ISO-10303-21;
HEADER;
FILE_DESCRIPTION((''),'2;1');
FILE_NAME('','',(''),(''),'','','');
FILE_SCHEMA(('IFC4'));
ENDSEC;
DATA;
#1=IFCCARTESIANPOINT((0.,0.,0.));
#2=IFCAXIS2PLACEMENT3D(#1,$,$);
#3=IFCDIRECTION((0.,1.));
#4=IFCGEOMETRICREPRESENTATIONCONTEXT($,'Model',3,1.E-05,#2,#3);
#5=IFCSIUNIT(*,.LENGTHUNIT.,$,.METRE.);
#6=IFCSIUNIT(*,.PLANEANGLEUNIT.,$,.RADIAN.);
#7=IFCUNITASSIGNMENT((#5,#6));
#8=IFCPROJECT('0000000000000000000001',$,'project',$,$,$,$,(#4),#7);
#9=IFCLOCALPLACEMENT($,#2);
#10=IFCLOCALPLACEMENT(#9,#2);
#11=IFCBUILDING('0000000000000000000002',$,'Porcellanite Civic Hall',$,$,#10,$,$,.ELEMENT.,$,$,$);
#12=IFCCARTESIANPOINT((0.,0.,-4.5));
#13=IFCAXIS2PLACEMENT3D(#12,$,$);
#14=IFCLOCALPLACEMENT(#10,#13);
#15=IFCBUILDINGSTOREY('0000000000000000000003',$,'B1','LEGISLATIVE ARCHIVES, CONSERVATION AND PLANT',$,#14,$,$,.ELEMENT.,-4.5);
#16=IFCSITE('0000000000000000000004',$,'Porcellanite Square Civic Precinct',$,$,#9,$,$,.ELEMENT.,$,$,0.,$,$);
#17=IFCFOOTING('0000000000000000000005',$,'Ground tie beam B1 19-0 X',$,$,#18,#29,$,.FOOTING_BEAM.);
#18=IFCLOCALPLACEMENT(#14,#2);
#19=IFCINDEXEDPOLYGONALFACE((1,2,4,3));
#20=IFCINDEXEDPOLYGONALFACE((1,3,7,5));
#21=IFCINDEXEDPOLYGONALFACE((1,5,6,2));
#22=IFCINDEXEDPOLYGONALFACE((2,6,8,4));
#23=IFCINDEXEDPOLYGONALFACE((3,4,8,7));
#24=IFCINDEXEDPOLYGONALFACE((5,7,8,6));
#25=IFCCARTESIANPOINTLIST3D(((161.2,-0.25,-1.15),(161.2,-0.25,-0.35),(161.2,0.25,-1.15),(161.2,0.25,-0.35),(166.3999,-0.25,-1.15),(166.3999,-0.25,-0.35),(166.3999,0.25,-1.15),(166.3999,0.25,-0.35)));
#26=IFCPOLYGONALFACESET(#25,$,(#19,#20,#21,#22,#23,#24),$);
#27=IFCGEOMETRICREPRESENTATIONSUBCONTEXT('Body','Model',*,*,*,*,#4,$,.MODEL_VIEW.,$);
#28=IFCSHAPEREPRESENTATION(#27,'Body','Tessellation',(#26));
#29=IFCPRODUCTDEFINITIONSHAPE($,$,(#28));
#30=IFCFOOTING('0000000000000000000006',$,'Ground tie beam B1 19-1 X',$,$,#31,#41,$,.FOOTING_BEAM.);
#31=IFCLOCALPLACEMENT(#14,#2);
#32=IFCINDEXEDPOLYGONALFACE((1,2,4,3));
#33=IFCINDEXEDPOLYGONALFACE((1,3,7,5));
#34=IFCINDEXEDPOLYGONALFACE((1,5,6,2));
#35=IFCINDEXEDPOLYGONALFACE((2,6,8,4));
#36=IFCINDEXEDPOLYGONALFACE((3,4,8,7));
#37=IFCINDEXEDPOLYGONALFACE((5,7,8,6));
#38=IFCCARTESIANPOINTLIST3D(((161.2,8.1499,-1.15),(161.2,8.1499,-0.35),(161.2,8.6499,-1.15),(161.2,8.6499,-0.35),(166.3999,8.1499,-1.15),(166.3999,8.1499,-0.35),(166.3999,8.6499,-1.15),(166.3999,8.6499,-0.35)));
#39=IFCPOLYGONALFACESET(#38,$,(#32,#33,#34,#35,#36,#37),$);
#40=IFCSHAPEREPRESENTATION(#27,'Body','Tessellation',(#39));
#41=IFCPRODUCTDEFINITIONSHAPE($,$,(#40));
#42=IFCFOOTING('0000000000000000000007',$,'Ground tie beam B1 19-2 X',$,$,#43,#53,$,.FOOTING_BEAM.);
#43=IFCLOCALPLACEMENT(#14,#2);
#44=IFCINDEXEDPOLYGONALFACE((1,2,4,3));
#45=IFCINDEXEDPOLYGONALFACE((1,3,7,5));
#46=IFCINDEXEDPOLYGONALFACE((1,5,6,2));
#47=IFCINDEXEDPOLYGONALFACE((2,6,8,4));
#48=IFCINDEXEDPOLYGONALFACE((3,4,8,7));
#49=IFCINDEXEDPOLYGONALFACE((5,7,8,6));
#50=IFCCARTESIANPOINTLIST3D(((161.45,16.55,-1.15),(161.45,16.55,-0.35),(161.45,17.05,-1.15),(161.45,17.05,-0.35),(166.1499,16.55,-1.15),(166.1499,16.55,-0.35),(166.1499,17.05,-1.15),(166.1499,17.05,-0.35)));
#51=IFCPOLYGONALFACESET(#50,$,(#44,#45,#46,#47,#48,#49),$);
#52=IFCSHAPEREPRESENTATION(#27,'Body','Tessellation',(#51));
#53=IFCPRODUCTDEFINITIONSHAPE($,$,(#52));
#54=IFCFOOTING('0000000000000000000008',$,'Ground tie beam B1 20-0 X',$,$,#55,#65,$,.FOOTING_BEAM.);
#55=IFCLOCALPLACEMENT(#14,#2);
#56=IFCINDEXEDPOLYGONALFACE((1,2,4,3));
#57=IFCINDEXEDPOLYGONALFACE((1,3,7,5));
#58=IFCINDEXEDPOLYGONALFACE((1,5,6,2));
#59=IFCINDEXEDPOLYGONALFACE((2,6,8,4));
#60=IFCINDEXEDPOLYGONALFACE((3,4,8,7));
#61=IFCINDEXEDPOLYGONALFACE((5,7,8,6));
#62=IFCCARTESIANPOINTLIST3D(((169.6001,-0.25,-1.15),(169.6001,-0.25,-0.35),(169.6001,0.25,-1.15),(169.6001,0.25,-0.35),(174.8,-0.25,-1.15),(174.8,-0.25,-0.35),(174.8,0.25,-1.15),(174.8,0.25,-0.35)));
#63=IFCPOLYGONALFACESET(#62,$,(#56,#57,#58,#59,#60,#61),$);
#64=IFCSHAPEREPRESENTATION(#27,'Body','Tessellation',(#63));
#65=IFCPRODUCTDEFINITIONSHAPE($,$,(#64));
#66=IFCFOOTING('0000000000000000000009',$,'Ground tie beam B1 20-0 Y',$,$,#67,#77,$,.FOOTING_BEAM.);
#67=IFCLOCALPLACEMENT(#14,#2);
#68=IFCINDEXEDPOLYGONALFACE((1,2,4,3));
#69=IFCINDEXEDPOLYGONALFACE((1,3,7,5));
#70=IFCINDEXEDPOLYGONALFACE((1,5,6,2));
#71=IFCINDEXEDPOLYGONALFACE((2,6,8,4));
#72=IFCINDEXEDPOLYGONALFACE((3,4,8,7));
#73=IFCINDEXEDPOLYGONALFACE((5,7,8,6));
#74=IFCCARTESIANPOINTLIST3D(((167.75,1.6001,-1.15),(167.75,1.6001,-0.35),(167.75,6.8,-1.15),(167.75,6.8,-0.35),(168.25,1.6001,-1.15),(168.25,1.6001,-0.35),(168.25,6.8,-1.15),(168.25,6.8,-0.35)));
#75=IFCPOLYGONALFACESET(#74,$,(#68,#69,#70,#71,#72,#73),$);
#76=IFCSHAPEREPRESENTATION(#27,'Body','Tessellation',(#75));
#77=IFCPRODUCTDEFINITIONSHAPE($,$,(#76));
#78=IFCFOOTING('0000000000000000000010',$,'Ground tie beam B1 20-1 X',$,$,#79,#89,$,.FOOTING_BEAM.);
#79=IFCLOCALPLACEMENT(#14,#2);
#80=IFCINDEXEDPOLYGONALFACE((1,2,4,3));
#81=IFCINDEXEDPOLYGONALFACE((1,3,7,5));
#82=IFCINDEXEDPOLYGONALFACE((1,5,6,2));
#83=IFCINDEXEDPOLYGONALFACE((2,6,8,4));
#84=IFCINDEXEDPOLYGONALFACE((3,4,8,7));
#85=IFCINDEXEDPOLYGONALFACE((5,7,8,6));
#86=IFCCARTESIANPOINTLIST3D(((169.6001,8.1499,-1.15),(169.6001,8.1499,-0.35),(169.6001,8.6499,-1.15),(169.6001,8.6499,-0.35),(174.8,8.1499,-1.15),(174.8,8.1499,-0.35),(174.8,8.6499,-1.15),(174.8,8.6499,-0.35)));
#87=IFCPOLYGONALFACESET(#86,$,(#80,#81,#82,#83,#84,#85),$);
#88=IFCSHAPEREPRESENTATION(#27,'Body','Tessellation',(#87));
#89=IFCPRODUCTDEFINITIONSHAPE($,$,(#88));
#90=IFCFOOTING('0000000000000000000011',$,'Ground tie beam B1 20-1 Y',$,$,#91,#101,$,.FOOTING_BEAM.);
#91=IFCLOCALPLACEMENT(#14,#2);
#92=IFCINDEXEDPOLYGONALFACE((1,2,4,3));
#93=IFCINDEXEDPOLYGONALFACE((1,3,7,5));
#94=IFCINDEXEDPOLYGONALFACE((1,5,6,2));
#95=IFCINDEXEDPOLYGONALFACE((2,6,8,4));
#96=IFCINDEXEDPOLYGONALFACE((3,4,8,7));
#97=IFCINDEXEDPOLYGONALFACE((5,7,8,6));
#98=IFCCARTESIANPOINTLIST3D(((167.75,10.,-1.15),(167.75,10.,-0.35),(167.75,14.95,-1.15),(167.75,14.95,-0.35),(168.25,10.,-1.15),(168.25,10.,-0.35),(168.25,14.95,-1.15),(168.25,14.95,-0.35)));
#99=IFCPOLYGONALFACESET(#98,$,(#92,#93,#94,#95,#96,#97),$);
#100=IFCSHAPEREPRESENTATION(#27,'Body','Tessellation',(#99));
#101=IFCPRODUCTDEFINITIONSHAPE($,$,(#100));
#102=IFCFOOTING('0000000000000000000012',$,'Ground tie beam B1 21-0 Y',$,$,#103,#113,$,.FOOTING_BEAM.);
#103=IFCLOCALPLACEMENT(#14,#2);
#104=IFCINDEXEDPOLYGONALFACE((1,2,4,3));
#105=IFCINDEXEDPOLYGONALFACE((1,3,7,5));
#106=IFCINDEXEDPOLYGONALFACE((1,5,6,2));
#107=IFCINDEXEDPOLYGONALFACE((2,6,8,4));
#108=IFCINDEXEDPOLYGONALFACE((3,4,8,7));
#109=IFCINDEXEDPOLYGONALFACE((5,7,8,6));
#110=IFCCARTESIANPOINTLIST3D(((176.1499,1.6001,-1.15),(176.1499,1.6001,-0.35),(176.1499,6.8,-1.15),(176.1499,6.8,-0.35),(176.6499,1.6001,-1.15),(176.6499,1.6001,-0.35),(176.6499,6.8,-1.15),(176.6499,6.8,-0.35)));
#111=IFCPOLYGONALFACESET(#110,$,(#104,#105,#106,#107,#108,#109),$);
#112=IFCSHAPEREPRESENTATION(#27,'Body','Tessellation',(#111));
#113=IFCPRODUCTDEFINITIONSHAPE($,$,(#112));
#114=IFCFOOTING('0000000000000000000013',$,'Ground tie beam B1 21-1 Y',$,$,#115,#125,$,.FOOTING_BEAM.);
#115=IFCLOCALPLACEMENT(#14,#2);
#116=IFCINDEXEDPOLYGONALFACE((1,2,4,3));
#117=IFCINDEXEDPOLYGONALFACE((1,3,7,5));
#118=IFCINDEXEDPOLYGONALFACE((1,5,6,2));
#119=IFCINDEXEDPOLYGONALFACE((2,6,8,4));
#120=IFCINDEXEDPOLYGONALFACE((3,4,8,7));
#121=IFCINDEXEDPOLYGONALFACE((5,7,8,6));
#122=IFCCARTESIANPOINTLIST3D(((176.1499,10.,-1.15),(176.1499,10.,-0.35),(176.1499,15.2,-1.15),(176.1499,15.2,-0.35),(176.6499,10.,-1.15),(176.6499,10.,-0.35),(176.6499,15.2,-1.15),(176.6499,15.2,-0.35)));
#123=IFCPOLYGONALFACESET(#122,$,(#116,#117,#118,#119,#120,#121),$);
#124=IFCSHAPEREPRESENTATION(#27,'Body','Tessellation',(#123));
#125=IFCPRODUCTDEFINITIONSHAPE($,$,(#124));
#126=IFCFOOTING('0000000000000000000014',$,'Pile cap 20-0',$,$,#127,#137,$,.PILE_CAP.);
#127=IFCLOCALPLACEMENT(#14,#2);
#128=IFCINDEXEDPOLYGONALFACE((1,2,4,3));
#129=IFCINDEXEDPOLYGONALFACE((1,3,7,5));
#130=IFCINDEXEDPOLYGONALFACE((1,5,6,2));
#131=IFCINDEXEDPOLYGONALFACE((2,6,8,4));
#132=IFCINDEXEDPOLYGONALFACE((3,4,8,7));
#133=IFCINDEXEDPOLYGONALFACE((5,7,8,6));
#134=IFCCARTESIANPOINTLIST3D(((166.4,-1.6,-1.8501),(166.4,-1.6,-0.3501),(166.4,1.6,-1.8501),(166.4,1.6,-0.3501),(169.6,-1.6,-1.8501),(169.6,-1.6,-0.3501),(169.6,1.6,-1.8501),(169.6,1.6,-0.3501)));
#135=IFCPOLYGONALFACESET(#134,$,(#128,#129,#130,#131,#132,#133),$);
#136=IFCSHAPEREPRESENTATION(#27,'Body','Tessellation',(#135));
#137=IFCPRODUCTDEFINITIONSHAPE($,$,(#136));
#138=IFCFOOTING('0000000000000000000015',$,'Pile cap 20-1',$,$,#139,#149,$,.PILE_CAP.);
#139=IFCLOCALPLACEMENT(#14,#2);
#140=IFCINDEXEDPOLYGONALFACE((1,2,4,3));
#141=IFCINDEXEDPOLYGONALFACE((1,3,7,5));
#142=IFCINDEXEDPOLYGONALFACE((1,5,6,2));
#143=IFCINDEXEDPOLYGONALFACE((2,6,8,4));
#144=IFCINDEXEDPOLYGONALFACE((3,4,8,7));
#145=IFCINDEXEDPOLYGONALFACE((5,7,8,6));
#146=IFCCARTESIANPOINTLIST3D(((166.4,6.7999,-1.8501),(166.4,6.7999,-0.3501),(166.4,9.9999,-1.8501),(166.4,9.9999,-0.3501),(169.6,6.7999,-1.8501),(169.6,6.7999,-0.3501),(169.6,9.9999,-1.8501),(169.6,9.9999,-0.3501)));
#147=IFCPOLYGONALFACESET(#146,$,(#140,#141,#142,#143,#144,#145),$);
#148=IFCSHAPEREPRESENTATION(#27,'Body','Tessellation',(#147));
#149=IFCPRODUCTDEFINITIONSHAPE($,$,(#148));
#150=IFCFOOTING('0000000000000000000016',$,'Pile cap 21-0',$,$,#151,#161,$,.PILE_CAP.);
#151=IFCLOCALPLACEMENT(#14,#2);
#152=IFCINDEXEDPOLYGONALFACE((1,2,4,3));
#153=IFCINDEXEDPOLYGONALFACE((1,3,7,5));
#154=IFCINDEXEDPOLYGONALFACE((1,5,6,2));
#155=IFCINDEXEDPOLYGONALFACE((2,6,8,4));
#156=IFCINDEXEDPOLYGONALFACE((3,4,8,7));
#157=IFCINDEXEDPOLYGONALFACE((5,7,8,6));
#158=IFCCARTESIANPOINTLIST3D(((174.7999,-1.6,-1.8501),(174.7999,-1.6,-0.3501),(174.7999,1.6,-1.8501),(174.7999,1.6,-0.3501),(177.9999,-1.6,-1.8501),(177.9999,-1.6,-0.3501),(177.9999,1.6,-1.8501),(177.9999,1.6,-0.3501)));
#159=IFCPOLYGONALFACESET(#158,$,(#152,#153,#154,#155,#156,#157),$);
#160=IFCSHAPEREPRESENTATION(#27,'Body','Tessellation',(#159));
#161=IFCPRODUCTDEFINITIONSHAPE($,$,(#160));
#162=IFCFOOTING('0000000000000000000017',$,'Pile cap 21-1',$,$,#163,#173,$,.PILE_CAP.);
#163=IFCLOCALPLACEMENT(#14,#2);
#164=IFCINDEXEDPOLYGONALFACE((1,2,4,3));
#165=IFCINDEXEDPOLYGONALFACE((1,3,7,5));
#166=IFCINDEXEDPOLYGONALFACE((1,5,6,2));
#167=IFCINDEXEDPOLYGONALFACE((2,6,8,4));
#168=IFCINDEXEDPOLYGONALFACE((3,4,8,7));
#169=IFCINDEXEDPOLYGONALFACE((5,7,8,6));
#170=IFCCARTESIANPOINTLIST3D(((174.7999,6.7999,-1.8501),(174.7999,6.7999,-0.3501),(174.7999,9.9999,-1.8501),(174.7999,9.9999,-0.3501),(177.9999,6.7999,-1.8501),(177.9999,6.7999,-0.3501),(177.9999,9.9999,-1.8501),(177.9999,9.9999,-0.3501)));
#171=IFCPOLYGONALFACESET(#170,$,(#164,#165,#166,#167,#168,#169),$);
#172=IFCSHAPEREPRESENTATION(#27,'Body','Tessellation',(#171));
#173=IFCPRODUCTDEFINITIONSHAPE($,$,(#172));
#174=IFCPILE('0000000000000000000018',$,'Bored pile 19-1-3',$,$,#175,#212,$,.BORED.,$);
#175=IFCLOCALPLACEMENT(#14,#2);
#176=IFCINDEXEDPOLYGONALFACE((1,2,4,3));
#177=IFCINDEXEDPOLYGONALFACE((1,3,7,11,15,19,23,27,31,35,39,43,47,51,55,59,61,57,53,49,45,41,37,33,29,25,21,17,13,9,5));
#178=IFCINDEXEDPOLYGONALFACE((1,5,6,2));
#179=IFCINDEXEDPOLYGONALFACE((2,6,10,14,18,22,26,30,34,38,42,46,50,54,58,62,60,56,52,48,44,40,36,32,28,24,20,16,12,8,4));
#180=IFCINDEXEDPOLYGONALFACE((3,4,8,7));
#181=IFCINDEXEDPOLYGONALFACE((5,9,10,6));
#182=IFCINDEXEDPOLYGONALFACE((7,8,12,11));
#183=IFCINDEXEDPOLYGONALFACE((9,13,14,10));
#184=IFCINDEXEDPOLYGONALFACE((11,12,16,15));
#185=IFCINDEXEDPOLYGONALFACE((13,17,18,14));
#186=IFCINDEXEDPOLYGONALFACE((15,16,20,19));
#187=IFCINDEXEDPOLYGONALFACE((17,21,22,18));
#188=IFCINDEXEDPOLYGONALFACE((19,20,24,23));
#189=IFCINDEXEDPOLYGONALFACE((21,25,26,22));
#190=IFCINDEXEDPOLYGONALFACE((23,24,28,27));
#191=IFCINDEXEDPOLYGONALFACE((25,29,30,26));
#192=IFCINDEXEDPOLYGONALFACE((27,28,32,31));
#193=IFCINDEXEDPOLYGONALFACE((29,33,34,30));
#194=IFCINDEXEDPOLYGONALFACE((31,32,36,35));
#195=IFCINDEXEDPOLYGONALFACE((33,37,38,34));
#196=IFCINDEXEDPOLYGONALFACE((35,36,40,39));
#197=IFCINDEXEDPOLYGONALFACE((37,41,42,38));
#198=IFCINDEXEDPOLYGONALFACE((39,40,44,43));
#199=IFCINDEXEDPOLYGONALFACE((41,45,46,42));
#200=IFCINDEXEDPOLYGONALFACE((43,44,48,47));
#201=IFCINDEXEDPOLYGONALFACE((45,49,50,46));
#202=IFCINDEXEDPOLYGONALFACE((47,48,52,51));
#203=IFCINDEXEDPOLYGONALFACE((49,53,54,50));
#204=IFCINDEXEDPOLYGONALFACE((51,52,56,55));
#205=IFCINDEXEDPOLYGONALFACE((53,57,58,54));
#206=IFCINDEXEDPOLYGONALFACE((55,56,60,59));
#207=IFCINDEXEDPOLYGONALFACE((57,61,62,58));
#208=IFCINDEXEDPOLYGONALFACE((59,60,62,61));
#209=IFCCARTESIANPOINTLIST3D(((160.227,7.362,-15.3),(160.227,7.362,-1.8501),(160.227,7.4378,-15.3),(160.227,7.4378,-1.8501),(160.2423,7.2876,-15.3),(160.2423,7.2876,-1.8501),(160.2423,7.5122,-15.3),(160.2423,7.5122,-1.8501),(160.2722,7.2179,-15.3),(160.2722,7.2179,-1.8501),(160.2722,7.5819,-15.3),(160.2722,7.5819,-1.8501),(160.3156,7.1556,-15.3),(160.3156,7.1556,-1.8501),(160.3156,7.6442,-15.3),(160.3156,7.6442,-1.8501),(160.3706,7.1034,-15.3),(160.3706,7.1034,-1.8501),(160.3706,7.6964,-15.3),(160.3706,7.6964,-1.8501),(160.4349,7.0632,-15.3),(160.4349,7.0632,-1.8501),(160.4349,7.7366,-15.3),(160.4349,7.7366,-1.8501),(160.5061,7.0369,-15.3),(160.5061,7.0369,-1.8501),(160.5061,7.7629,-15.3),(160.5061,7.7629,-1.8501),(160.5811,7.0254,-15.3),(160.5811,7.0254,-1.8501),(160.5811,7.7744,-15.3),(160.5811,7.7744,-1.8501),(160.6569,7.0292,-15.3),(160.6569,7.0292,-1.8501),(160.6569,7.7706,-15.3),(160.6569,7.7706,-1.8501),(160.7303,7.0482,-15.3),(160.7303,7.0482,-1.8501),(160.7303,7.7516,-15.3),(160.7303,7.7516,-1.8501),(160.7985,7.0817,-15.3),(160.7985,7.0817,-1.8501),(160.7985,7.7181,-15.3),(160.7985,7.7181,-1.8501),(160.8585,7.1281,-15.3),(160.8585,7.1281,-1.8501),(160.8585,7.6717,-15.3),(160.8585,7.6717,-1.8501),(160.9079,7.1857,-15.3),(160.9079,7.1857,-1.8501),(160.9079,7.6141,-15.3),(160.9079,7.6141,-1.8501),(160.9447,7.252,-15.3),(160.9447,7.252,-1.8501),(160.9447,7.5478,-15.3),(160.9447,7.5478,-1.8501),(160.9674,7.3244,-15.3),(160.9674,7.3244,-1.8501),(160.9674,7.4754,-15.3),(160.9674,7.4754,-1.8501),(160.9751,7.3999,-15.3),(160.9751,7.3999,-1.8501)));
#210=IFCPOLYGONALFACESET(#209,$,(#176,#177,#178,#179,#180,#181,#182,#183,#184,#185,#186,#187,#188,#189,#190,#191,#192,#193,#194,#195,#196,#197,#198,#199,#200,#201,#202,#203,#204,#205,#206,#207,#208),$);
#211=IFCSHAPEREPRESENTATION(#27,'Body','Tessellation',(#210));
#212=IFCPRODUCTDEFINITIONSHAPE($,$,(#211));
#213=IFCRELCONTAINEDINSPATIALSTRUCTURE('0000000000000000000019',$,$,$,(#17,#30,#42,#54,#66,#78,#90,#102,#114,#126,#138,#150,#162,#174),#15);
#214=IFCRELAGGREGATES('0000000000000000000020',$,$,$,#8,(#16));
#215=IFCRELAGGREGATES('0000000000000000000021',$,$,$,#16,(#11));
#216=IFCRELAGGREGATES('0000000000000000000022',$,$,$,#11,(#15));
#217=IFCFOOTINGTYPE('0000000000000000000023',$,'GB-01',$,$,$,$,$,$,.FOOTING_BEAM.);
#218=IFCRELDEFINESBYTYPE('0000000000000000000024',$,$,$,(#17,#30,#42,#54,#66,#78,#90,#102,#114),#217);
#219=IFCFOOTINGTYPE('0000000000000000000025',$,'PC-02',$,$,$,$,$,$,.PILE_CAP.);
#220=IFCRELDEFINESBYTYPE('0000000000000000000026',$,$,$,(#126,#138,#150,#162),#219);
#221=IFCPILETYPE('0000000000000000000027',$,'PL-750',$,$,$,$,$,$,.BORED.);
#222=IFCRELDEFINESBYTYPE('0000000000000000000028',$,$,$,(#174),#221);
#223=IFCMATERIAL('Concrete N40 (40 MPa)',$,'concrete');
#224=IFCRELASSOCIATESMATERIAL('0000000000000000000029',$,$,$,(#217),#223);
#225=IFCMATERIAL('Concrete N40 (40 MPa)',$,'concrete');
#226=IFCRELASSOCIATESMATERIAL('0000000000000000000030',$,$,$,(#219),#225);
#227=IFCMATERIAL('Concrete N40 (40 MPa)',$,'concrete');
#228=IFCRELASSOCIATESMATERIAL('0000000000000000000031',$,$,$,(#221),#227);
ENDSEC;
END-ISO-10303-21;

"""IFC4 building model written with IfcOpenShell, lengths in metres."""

from ifc_helpers import new_model, si_unit, direction, frame, origin, origin_2d, place, context, subcontext, project, spatial, rectangle, circle, extrude, material, material_profile, profile_set, type_object, element, save


model = new_model("IFC4")

# Units and contexts
model_context = context("Model", 3, precision=1e-05, world=origin(), true_north=direction((0.0, 1.0)))
body_context = subcontext(model_context, "Body", "Model", "MODEL_VIEW")
ifc_project = project(units=[si_unit("LENGTHUNIT", "METRE"), si_unit("PLANEANGLEUNIT", "RADIAN")], contexts=[model_context])

# Site, building, storey
site_placement = place(None, origin())
site = spatial("IfcSite", under=ifc_project, at=site_placement, Name="Porcellanite Square Civic Precinct", CompositionType="ELEMENT", RefElevation=0.0)
building_placement = place(site_placement, origin())
building = spatial("IfcBuilding", under=site, at=building_placement, Name="Porcellanite Civic Hall", CompositionType="ELEMENT")
storey_placement = place(building_placement, frame((0.0, 0.0, -4.5)))
storey = spatial("IfcBuildingStorey", under=building, at=storey_placement, Name="B1", Description="LEGISLATIVE ARCHIVES, CONSERVATION AND PLANT", CompositionType="ELEMENT", Elevation=-4.5)

# Footings
ifc_material_1 = material(Name="Concrete N40 (40 MPa)", Category="concrete")
ifc_material_profile_1 = material_profile(ifc_material_1, rectangle(XDim=0.5, YDim=0.8, at=origin_2d()), Name="RC-500x800")
ifc_profile_set_1 = profile_set([ifc_material_profile_1], Name="Concrete N40 (40 MPa)")
footing_type_1 = type_object("IfcFootingType", Name="GB-01", PredefinedType="FOOTING_BEAM", material=ifc_profile_set_1)
for number, where, z_axis, x_axis, name in (
    (1, (161.2, 0.0, -0.75), (1.0, 0.0, 0.0), (0.0, 1.0, 0.0), "Ground tie beam B1 19-0 X"),
    (2, (161.2, 8.3999, -0.75), (1.0, 0.0, 0.0), (0.0, 1.0, 0.0), "Ground tie beam B1 19-1 X"),
):
    element("IfcFooting", number, at=place(storey_placement, frame(where, z_axis=z_axis, x_axis=x_axis)), inside=storey, type_object=footing_type_1, Name=name, PredefinedType="FOOTING_BEAM", context=body_context, shape_type="SweptSolid", body=[
        extrude(rectangle(XDim=0.5, YDim=0.8, at=origin_2d()), origin(), (0.0, 0.0, 1.0), 5.2),
    ])
footing_1_placement = place(storey_placement, frame((161.45, 16.8, -0.75), z_axis=(1.0, 0.0, 0.0), x_axis=(0.0, 1.0, 0.0)))
element("IfcFooting", 3, at=footing_1_placement, inside=storey, type_object=footing_type_1, Name="Ground tie beam B1 19-2 X", PredefinedType="FOOTING_BEAM", context=body_context, shape_type="SweptSolid", body=[
    extrude(rectangle(XDim=0.5, YDim=0.8, at=origin_2d()), origin(), (0.0, 0.0, 1.0), 4.7),
])
for number, where, z_axis, x_axis, name in (
    (4, (169.6001, 0.0, -0.75), (1.0, 0.0, 0.0), (0.0, 1.0, 0.0), "Ground tie beam B1 20-0 X"),
    (5, (168.0, 1.6001, -0.75), (0.0, 1.0, 0.0), (-1.0, 0.0, 0.0), "Ground tie beam B1 20-0 Y"),
    (6, (169.6001, 8.3999, -0.75), (1.0, 0.0, 0.0), (0.0, 1.0, 0.0), "Ground tie beam B1 20-1 X"),
):
    element("IfcFooting", number, at=place(storey_placement, frame(where, z_axis=z_axis, x_axis=x_axis)), inside=storey, type_object=footing_type_1, Name=name, PredefinedType="FOOTING_BEAM", context=body_context, shape_type="SweptSolid", body=[
        extrude(rectangle(XDim=0.5, YDim=0.8, at=origin_2d()), origin(), (0.0, 0.0, 1.0), 5.2),
    ])
footing_2_placement = place(storey_placement, frame((168.0, 10.0, -0.75), z_axis=(0.0, 1.0, 0.0), x_axis=(-1.0, 0.0, 0.0)))
element("IfcFooting", 7, at=footing_2_placement, inside=storey, type_object=footing_type_1, Name="Ground tie beam B1 20-1 Y", PredefinedType="FOOTING_BEAM", context=body_context, shape_type="SweptSolid", body=[
    extrude(rectangle(XDim=0.5, YDim=0.8, at=origin_2d()), origin(), (0.0, 0.0, 1.0), 4.95),
])
for number, where, z_axis, x_axis, name in (
    (8, (176.3999, 1.6001, -0.75), (0.0, 1.0, 0.0), (-1.0, 0.0, 0.0), "Ground tie beam B1 21-0 Y"),
    (9, (176.3999, 10.0, -0.75), (0.0, 1.0, 0.0), (-1.0, 0.0, 0.0), "Ground tie beam B1 21-1 Y"),
):
    element("IfcFooting", number, at=place(storey_placement, frame(where, z_axis=z_axis, x_axis=x_axis)), inside=storey, type_object=footing_type_1, Name=name, PredefinedType="FOOTING_BEAM", context=body_context, shape_type="SweptSolid", body=[
        extrude(rectangle(XDim=0.5, YDim=0.8, at=origin_2d()), origin(), (0.0, 0.0, 1.0), 5.2),
    ])
ifc_material_2 = material(Name="Concrete N40 (40 MPa)", Category="concrete")
footing_type_2 = type_object("IfcFootingType", Name="PC-02", PredefinedType="PILE_CAP", material=ifc_material_2)
for number, where, z_axis, x_axis, name in (
    (10, (168.0, 0.0, -1.8501), (0.0, 0.0, 1.0), (1.0, 0.0, 0.0), "Pile cap 20-0"),
    (11, (168.0, 8.3999, -1.8501), (0.0, 0.0, 1.0), (1.0, 0.0, 0.0), "Pile cap 20-1"),
    (12, (176.3999, 0.0, -1.8501), (0.0, 0.0, 1.0), (1.0, 0.0, 0.0), "Pile cap 21-0"),
    (13, (176.3999, 8.3999, -1.8501), (0.0, 0.0, 1.0), (1.0, 0.0, 0.0), "Pile cap 21-1"),
):
    element("IfcFooting", number, at=place(storey_placement, frame(where, z_axis=z_axis, x_axis=x_axis)), inside=storey, type_object=footing_type_2, Name=name, PredefinedType="PILE_CAP", context=body_context, shape_type="SweptSolid", body=[
        extrude(rectangle(XDim=3.2, YDim=3.2, at=origin_2d()), origin(), (0.0, 0.0, 1.0), 1.5),
    ])

# Pile
ifc_material_3 = material(Name="Concrete N40 (40 MPa)", Category="concrete")
ifc_material_profile_2 = material_profile(ifc_material_3, circle(Radius=0.375, at=origin_2d()), Name="PILE-D750")
ifc_profile_set_2 = profile_set([ifc_material_profile_2], Name="Concrete N40 (40 MPa)")
pile_type_1 = type_object("IfcPileType", Name="PL-750", PredefinedType="BORED", material=ifc_profile_set_2)
for number, where, z_axis, x_axis, name in (
    (14, (160.6001, 7.3999, -1.8501), (0.0, 0.0, -1.0), (1.0, 0.0, 0.0), "Bored pile 19-1-3"),
):
    element("IfcPile", number, at=place(storey_placement, frame(where, z_axis=z_axis, x_axis=x_axis)), inside=storey, type_object=pile_type_1, Name=name, PredefinedType="BORED", context=body_context, shape_type="SweptSolid", body=[
        extrude(circle(Radius=0.375, at=origin_2d()), origin(), (0.0, 0.0, 1.0), 13.45),
    ])

save(model, "model.ifc")
